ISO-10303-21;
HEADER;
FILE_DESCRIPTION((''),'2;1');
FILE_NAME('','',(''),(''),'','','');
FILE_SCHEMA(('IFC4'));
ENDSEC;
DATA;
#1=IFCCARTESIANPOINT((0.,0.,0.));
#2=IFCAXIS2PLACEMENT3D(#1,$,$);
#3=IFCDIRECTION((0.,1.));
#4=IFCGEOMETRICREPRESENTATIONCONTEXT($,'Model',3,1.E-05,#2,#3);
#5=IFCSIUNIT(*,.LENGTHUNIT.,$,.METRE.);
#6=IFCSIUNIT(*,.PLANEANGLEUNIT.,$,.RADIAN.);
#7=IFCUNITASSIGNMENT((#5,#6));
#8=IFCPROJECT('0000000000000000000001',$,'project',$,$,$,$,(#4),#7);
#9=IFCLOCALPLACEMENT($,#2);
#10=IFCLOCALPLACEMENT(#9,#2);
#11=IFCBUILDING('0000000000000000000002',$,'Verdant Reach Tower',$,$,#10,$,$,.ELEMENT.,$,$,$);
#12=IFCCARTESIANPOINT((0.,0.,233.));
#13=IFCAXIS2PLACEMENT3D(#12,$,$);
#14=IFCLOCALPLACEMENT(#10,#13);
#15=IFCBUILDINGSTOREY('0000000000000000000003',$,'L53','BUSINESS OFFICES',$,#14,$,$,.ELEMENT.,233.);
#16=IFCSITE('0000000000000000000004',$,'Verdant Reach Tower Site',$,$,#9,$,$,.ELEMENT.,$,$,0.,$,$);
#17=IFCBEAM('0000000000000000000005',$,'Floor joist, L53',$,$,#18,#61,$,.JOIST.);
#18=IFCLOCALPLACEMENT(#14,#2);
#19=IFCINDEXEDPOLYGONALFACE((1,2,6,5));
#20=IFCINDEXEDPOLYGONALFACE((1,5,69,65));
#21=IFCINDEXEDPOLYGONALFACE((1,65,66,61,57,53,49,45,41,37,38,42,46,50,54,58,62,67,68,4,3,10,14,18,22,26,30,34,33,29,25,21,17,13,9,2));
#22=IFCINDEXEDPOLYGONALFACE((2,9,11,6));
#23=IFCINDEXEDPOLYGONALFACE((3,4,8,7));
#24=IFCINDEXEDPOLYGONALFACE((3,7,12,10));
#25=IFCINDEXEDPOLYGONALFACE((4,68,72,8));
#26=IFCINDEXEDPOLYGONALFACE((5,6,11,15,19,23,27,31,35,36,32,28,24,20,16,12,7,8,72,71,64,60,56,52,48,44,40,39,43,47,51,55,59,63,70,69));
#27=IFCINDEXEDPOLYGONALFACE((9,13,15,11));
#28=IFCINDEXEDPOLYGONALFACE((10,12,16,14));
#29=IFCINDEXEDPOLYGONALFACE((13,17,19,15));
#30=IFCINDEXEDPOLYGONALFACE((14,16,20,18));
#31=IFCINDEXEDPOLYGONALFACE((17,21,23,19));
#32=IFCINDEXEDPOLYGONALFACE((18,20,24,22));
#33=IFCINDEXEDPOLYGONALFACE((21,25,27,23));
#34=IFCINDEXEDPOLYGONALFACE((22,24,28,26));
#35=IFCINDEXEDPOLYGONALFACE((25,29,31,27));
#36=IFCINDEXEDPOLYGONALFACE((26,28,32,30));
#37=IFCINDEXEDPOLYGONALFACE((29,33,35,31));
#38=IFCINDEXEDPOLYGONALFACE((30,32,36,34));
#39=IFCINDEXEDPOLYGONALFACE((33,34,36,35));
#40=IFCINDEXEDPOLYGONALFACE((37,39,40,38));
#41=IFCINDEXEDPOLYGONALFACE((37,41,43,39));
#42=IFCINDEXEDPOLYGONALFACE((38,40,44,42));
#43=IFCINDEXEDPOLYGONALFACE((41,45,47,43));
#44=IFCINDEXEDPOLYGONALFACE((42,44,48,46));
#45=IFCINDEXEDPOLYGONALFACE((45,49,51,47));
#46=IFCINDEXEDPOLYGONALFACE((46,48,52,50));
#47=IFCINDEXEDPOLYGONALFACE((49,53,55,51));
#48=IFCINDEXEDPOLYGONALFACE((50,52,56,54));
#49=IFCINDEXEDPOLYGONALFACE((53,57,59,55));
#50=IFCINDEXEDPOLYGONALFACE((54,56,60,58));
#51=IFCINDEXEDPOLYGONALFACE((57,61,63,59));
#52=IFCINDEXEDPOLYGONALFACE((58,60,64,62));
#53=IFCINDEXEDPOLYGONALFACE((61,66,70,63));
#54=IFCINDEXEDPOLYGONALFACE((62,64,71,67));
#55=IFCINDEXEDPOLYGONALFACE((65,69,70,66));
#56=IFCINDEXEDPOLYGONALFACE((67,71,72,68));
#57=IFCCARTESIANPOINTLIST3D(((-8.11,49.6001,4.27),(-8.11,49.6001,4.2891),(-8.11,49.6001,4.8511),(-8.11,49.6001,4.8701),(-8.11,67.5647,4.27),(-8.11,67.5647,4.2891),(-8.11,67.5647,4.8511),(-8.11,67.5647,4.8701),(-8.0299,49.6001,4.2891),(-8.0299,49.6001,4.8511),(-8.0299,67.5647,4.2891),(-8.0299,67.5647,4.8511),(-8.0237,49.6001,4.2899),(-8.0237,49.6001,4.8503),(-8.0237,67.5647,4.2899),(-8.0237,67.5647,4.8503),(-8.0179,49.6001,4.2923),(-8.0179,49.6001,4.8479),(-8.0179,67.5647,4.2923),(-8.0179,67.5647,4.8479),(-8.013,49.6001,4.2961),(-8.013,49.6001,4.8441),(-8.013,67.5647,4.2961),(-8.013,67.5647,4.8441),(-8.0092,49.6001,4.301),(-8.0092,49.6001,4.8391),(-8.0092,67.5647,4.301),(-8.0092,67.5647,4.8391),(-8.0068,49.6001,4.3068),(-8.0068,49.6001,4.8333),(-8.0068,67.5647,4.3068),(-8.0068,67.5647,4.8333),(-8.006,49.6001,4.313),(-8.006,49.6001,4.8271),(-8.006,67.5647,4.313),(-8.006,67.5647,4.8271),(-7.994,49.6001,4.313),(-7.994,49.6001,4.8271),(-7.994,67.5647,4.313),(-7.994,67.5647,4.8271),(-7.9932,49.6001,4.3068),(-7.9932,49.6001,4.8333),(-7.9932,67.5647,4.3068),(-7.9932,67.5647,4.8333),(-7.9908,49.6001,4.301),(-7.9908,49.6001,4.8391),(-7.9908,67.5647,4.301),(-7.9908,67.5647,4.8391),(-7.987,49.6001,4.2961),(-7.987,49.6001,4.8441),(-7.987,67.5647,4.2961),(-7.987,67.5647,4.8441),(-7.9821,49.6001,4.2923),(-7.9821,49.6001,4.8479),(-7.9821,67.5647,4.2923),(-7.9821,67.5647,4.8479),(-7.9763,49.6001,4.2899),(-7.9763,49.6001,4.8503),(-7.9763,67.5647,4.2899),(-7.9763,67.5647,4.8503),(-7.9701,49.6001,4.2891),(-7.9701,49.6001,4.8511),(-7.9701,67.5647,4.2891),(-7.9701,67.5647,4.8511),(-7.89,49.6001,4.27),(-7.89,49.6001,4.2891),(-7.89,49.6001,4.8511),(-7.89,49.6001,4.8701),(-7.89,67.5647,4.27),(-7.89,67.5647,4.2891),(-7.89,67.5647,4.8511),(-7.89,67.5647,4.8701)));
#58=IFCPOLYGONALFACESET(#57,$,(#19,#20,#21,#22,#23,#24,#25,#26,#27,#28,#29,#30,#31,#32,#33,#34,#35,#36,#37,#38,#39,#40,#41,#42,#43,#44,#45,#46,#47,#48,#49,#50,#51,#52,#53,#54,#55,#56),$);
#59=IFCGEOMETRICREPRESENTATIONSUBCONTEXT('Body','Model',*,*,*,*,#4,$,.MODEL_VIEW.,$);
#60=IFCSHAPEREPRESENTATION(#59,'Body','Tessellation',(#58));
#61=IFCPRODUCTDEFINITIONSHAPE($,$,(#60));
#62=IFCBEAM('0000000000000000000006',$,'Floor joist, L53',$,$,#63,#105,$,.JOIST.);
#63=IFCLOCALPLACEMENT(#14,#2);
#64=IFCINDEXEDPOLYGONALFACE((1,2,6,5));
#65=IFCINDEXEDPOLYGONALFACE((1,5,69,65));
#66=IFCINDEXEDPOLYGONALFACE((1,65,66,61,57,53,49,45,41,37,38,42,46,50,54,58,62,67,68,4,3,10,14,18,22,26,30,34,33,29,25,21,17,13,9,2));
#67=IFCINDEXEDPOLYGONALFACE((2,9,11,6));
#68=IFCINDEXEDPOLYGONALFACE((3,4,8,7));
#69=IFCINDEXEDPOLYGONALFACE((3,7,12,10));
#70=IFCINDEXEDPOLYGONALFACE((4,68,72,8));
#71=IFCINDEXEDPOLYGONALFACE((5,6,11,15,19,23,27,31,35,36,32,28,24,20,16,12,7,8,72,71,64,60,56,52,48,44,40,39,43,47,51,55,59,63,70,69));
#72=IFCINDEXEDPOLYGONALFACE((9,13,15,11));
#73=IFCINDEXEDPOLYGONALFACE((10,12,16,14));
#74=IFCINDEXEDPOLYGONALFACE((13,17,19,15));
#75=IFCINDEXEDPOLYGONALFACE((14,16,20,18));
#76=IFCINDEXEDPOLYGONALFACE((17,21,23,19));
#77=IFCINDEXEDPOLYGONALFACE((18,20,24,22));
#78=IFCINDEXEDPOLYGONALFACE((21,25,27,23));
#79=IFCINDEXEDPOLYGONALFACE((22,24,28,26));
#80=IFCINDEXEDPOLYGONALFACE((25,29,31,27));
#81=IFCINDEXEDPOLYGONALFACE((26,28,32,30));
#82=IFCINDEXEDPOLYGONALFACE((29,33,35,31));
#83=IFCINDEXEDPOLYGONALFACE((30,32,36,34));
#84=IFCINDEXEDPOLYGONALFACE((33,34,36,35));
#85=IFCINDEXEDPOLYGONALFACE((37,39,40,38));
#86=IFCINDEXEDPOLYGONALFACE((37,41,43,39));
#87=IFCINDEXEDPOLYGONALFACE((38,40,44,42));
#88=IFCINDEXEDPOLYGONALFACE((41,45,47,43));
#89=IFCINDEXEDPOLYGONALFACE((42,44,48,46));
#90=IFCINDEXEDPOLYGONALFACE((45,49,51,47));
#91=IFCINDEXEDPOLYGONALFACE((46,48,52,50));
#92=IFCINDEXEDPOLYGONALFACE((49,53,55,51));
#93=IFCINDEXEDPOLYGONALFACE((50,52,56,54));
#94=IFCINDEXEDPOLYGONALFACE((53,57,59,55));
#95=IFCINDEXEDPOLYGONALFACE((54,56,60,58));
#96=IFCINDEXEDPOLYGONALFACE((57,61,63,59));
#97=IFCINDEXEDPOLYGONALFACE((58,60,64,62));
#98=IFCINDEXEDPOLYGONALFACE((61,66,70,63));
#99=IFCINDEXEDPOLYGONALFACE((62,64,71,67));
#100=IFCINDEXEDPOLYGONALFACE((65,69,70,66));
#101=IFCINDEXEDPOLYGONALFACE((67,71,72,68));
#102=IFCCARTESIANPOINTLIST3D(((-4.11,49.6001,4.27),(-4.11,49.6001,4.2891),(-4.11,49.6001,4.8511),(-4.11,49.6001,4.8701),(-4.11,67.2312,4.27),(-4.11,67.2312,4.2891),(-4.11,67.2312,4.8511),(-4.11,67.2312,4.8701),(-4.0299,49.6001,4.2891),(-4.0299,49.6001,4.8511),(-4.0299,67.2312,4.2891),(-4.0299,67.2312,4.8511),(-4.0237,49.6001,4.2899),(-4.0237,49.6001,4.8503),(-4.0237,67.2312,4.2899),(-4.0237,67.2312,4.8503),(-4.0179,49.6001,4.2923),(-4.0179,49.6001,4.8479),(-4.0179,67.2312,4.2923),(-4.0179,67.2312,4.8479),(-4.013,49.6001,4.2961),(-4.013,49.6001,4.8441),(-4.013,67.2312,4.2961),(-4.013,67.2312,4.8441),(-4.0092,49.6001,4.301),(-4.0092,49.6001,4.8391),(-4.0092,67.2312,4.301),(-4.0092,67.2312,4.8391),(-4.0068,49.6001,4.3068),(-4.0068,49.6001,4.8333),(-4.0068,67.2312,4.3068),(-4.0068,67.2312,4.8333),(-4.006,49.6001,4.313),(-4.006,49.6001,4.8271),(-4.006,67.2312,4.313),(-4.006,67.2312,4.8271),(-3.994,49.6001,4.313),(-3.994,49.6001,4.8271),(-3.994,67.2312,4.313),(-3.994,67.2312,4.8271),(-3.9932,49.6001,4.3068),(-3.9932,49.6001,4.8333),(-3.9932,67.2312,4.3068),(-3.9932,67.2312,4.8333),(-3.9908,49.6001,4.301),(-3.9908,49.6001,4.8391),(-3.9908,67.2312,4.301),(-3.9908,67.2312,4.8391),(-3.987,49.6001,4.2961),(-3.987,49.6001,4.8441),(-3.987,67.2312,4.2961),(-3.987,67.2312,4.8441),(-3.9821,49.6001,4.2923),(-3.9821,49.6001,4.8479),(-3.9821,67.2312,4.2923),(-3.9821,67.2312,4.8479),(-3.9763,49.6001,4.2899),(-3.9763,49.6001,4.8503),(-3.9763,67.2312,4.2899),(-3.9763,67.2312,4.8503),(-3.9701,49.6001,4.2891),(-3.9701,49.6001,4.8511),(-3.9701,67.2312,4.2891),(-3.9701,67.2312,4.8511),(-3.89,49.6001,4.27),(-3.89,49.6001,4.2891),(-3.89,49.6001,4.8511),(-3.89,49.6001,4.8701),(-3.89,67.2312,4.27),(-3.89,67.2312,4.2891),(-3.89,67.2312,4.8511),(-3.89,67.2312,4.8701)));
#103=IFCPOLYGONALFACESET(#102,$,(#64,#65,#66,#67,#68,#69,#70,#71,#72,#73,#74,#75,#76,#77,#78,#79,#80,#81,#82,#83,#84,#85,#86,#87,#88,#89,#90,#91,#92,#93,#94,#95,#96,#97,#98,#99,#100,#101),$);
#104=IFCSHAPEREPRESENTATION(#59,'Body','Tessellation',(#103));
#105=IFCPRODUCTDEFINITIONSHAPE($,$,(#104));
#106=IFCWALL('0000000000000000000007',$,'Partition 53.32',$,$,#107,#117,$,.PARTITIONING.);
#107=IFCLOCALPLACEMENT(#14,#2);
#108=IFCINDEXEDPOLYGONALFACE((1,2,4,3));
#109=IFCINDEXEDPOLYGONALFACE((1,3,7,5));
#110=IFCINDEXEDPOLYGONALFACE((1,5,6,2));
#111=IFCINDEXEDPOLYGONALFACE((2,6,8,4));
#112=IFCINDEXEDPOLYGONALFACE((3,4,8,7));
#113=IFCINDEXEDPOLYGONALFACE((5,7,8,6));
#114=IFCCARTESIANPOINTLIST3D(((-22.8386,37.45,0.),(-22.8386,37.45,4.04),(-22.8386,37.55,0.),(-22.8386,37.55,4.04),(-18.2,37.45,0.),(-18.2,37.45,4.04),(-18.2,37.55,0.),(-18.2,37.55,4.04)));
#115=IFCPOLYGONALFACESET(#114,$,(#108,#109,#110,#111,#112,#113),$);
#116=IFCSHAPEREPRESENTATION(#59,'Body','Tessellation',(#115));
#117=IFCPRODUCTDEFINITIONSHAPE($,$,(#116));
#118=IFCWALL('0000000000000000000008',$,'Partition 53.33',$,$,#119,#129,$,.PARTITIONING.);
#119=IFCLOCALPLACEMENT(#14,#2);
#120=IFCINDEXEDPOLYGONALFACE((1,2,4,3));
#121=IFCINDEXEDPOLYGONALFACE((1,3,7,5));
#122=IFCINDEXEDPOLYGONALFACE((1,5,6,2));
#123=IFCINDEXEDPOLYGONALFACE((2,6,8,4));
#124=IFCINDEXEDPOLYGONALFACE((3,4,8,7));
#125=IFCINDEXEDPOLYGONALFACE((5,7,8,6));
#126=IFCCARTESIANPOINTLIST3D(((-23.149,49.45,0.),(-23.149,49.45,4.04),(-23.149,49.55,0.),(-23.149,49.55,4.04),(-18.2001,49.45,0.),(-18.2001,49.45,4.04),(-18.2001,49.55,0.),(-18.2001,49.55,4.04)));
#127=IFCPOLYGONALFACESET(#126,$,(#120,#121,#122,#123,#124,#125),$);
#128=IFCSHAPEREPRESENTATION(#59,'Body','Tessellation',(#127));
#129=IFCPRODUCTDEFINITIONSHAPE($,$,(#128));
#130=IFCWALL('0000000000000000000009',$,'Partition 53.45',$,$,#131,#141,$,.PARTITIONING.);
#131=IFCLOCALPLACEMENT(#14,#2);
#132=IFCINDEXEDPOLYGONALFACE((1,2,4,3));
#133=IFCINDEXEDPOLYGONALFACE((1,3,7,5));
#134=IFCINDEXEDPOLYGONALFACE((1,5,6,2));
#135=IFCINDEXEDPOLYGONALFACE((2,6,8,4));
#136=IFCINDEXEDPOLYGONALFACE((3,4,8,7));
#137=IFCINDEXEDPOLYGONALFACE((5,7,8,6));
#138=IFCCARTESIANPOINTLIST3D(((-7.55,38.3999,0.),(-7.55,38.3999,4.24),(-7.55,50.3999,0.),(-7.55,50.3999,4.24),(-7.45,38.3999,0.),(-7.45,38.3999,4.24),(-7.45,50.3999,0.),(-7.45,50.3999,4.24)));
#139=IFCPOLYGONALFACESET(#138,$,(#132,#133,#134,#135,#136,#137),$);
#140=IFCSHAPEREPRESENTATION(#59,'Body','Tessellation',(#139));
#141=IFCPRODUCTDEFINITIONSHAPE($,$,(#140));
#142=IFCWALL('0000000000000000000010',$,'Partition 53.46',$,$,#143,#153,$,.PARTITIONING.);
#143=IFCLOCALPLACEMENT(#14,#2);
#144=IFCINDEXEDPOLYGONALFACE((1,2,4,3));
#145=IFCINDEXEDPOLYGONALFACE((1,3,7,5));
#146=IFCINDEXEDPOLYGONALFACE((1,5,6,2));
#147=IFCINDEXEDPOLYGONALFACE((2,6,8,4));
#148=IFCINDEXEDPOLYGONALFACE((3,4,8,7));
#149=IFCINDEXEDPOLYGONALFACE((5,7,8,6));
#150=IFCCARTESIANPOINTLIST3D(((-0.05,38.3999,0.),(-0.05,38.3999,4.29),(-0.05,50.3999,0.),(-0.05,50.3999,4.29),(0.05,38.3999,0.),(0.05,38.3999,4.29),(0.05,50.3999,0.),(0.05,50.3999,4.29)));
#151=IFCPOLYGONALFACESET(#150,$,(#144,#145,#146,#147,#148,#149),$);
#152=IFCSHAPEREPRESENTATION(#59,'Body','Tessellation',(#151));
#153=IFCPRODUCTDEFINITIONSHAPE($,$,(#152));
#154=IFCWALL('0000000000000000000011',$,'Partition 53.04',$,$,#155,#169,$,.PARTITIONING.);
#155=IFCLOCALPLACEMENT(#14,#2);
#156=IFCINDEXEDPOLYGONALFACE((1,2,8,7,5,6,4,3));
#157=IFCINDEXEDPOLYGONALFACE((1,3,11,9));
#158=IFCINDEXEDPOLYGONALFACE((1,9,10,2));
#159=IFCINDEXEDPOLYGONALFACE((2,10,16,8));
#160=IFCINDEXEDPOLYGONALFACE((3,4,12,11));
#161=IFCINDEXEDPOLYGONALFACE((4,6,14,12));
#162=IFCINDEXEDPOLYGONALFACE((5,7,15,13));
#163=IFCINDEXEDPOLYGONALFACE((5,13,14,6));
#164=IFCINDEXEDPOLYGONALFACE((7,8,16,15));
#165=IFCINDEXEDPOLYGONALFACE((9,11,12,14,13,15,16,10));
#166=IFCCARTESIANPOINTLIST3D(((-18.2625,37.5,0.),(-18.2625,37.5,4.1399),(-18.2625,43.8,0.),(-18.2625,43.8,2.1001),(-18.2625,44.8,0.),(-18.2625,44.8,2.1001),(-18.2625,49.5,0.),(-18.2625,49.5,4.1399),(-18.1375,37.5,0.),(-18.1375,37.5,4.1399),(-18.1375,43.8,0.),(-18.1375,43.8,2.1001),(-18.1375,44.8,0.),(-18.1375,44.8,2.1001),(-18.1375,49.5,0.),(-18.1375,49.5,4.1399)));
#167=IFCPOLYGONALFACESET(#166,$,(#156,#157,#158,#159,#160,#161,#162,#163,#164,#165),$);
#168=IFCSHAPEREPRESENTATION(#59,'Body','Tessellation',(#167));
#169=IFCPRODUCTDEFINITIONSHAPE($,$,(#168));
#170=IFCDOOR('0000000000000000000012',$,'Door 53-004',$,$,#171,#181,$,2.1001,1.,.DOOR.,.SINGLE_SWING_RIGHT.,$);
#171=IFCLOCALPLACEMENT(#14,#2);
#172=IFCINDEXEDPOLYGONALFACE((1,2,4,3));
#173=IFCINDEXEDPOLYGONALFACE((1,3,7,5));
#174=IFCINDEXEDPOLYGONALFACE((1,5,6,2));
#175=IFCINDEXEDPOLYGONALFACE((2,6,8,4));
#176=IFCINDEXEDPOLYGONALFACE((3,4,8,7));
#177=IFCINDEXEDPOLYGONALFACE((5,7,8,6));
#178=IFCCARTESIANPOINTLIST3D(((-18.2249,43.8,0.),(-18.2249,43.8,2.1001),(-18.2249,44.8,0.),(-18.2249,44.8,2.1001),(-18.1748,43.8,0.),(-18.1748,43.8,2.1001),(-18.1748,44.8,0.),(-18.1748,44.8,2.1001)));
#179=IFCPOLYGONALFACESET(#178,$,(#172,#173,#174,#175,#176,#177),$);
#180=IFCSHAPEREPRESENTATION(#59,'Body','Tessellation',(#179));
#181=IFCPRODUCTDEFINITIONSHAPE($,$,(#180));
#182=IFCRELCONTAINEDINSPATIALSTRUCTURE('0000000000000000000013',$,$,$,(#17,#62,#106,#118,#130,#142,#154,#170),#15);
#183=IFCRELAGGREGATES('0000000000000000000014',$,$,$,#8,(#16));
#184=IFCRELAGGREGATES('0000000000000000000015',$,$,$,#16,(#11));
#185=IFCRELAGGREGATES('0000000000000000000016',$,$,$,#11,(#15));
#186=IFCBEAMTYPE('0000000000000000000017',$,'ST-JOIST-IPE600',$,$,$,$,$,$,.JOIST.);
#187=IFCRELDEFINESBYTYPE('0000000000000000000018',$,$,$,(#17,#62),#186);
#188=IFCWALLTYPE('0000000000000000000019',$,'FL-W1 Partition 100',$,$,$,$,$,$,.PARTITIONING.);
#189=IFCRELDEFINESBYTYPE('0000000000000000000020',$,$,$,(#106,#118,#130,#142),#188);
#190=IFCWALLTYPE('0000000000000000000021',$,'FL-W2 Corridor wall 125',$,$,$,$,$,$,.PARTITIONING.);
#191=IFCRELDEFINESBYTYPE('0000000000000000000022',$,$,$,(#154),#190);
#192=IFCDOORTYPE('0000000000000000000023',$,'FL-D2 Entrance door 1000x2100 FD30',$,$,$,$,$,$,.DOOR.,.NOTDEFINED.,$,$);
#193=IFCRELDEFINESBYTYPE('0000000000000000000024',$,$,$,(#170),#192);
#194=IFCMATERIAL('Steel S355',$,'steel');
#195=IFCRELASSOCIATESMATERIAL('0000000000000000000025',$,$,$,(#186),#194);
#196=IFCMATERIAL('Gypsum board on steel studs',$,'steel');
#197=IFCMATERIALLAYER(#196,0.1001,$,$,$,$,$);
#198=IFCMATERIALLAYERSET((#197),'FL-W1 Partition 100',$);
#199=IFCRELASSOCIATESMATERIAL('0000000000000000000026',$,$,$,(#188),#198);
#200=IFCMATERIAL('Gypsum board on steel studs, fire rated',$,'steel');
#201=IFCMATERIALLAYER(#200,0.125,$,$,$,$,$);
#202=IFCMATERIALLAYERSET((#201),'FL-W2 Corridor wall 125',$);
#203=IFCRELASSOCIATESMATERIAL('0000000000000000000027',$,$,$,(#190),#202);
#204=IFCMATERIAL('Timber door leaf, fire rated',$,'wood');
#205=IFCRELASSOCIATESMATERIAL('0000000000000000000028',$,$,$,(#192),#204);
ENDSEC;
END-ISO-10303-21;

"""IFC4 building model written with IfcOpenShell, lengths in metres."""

from ifc_helpers import new_model, si_unit, direction, frame, frame_2d, origin, origin_2d, place, context, subcontext, project, spatial, rectangle, i_section, extrude, material, layer, layer_set, material_profile, profile_set, type_object, element, fill, save


model = new_model("IFC4")

# Units and contexts
model_context = context("Model", 3, precision=1e-05, world=origin(), true_north=direction((0.0, 1.0)))
body_context = subcontext(model_context, "Body", "Model", "MODEL_VIEW")
ifc_project = project(units=[si_unit("LENGTHUNIT", "METRE"), si_unit("PLANEANGLEUNIT", "RADIAN")], contexts=[model_context])

# Site, building, storey
site_placement = place(None, origin())
site = spatial("IfcSite", under=ifc_project, at=site_placement, Name="Verdant Reach Tower Site", CompositionType="ELEMENT", RefElevation=0.0)
building_placement = place(site_placement, origin())
building = spatial("IfcBuilding", under=site, at=building_placement, Name="Verdant Reach Tower", CompositionType="ELEMENT")
storey_placement = place(building_placement, frame((0.0, 0.0, 233.0)))
storey = spatial("IfcBuildingStorey", under=building, at=storey_placement, Name="L53", Description="BUSINESS OFFICES", CompositionType="ELEMENT", Elevation=233.0)

# Beams
ifc_material_1 = material(Name="Steel S355", Category="steel")
ifc_material_profile_1 = material_profile(ifc_material_1, i_section(OverallWidth=0.22, OverallDepth=0.6001, WebThickness=0.012, FlangeThickness=0.019, FilletRadius=0.0239, at=origin_2d()), Name="IPE 600")
ifc_profile_set_1 = profile_set([ifc_material_profile_1], Name="Steel S355")
beam_type_1 = type_object("IfcBeamType", Name="ST-JOIST-IPE600", PredefinedType="JOIST", material=ifc_profile_set_1)
beam_1_placement = place(storey_placement, frame((-8.0, 49.6001, 4.5701), z_axis=(0.0, 1.0, 0.0), x_axis=(-1.0, 0.0, 0.0)))
element("IfcBeam", 1, at=beam_1_placement, inside=storey, type_object=beam_type_1, Name="Floor joist, L53", PredefinedType="JOIST", context=body_context, shape_type="SweptSolid", body=[
    extrude(i_section(OverallWidth=0.22, OverallDepth=0.6001, WebThickness=0.012, FlangeThickness=0.019, FilletRadius=0.0239, at=origin_2d()), origin(), (0.0, 0.0, 1.0), 17.9646),
])
beam_2_placement = place(storey_placement, frame((-4.0, 49.6001, 4.5701), z_axis=(0.0, 1.0, 0.0), x_axis=(-1.0, 0.0, 0.0)))
element("IfcBeam", 2, at=beam_2_placement, inside=storey, type_object=beam_type_1, Name="Floor joist, L53", PredefinedType="JOIST", context=body_context, shape_type="SweptSolid", body=[
    extrude(i_section(OverallWidth=0.22, OverallDepth=0.6001, WebThickness=0.012, FlangeThickness=0.019, FilletRadius=0.0239, at=origin_2d()), origin(), (0.0, 0.0, 1.0), 17.6311),
])

# Walls
ifc_material_2 = material(Name="Gypsum board on steel studs", Category="steel")
ifc_layer_1 = layer(ifc_material_2, 0.1001)
ifc_layer_set_1 = layer_set([ifc_layer_1], Name="FL-W1 Partition 100")
wall_type_1 = type_object("IfcWallType", Name="FL-W1 Partition 100", PredefinedType="PARTITIONING", material=ifc_layer_set_1)
wall_1_placement = place(storey_placement, frame((-18.2, 37.5, 0.0), z_axis=(0.0, 0.0, 1.0), x_axis=(-1.0, 0.0, 0.0)))
element("IfcWall", 3, at=wall_1_placement, inside=storey, type_object=wall_type_1, Name="Partition 53.32", PredefinedType="PARTITIONING", context=body_context, shape_type="SweptSolid", body=[
    extrude(rectangle(XDim=4.6387, YDim=0.1001, at=frame_2d((2.3193, 0.0))), origin(), (0.0, 0.0, 1.0), 4.04),
])
wall_2_placement = place(storey_placement, frame((-18.2, 49.5, 0.0), z_axis=(0.0, 0.0, 1.0), x_axis=(-1.0, 0.0, 0.0)))
element("IfcWall", 4, at=wall_2_placement, inside=storey, type_object=wall_type_1, Name="Partition 53.33", PredefinedType="PARTITIONING", context=body_context, shape_type="SweptSolid", body=[
    extrude(rectangle(XDim=4.949, YDim=0.1001, at=frame_2d((2.4746, 0.0))), origin(), (0.0, 0.0, 1.0), 4.04),
])
wall_3_placement = place(storey_placement, frame((-7.5, 38.3999, 0.0), z_axis=(0.0, 0.0, 1.0), x_axis=(0.0, 1.0, 0.0)))
element("IfcWall", 5, at=wall_3_placement, inside=storey, type_object=wall_type_1, Name="Partition 53.45", PredefinedType="PARTITIONING", context=body_context, shape_type="SweptSolid", body=[
    extrude(rectangle(XDim=12.0, YDim=0.1001, at=frame_2d((6.0, 0.0))), origin(), (0.0, 0.0, 1.0), 4.24),
])
wall_4_placement = place(storey_placement, frame((0.0, 38.3999, 0.0), z_axis=(0.0, 0.0, 1.0), x_axis=(0.0, 1.0, 0.0)))
element("IfcWall", 6, at=wall_4_placement, inside=storey, type_object=wall_type_1, Name="Partition 53.46", PredefinedType="PARTITIONING", context=body_context, shape_type="SweptSolid", body=[
    extrude(rectangle(XDim=12.0, YDim=0.1001, at=frame_2d((6.0, 0.0))), origin(), (0.0, 0.0, 1.0), 4.29),
])

# Wall, opening, door
ifc_material_3 = material(Name="Gypsum board on steel studs, fire rated", Category="steel")
ifc_layer_2 = layer(ifc_material_3, 0.125)
ifc_layer_set_2 = layer_set([ifc_layer_2], Name="FL-W2 Corridor wall 125")
wall_type_2 = type_object("IfcWallType", Name="FL-W2 Corridor wall 125", PredefinedType="PARTITIONING", material=ifc_layer_set_2)
wall_5_placement = place(storey_placement, frame((-18.2, 37.5, 0.0), z_axis=(0.0, 0.0, 1.0), x_axis=(0.0, 1.0, 0.0)))
wall_5 = element("IfcWall", 7, at=wall_5_placement, inside=storey, type_object=wall_type_2, Name="Partition 53.04", PredefinedType="PARTITIONING", context=body_context, shape_type="SweptSolid", body=[
    extrude(rectangle(XDim=12.0, YDim=0.125, at=frame_2d((6.0, 0.0))), origin(), (0.0, 0.0, 1.0), 4.1399),
])
opening_1_placement = place(wall_5_placement, frame((6.3, 0.0, 0.0)))
opening_1 = element("IfcOpeningElement", 8, at=opening_1_placement, cuts=wall_5, PredefinedType="OPENING", context=body_context, shape_type="SweptSolid", body=[
    extrude(rectangle(XDim=1.0, YDim=2.1001, at=frame_2d((0.5, 1.05))), frame((0.0, 0.0725, 0.0), z_axis=(0.0, -1.0, 0.0), x_axis=(1.0, 0.0, 0.0)), (0.0, 0.0, 1.0), 0.145),
])
ifc_material_4 = material(Name="Timber door leaf, fire rated", Category="wood")
door_type = type_object("IfcDoorType", Name="FL-D2 Entrance door 1000x2100 FD30", OperationType="NOTDEFINED", PredefinedType="DOOR", material=ifc_material_4)
door_1_placement = place(opening_1_placement, origin())
door_1 = element("IfcDoor", 9, at=door_1_placement, inside=storey, type_object=door_type, Name="Door 53-004", OperationType="SINGLE_SWING_RIGHT", OverallHeight=2.1001, OverallWidth=1.0, PredefinedType="DOOR", context=body_context, shape_type="SweptSolid", body=[
    extrude(rectangle(XDim=1.0, YDim=2.1001, at=frame_2d((0.5, 1.05))), frame((0.0, 0.0249, 0.0), z_axis=(0.0, -1.0, 0.0), x_axis=(1.0, 0.0, 0.0)), (0.0, 0.0, 1.0), 0.05),
])
fill(opening_1, door_1)

save(model, "model.ifc")
